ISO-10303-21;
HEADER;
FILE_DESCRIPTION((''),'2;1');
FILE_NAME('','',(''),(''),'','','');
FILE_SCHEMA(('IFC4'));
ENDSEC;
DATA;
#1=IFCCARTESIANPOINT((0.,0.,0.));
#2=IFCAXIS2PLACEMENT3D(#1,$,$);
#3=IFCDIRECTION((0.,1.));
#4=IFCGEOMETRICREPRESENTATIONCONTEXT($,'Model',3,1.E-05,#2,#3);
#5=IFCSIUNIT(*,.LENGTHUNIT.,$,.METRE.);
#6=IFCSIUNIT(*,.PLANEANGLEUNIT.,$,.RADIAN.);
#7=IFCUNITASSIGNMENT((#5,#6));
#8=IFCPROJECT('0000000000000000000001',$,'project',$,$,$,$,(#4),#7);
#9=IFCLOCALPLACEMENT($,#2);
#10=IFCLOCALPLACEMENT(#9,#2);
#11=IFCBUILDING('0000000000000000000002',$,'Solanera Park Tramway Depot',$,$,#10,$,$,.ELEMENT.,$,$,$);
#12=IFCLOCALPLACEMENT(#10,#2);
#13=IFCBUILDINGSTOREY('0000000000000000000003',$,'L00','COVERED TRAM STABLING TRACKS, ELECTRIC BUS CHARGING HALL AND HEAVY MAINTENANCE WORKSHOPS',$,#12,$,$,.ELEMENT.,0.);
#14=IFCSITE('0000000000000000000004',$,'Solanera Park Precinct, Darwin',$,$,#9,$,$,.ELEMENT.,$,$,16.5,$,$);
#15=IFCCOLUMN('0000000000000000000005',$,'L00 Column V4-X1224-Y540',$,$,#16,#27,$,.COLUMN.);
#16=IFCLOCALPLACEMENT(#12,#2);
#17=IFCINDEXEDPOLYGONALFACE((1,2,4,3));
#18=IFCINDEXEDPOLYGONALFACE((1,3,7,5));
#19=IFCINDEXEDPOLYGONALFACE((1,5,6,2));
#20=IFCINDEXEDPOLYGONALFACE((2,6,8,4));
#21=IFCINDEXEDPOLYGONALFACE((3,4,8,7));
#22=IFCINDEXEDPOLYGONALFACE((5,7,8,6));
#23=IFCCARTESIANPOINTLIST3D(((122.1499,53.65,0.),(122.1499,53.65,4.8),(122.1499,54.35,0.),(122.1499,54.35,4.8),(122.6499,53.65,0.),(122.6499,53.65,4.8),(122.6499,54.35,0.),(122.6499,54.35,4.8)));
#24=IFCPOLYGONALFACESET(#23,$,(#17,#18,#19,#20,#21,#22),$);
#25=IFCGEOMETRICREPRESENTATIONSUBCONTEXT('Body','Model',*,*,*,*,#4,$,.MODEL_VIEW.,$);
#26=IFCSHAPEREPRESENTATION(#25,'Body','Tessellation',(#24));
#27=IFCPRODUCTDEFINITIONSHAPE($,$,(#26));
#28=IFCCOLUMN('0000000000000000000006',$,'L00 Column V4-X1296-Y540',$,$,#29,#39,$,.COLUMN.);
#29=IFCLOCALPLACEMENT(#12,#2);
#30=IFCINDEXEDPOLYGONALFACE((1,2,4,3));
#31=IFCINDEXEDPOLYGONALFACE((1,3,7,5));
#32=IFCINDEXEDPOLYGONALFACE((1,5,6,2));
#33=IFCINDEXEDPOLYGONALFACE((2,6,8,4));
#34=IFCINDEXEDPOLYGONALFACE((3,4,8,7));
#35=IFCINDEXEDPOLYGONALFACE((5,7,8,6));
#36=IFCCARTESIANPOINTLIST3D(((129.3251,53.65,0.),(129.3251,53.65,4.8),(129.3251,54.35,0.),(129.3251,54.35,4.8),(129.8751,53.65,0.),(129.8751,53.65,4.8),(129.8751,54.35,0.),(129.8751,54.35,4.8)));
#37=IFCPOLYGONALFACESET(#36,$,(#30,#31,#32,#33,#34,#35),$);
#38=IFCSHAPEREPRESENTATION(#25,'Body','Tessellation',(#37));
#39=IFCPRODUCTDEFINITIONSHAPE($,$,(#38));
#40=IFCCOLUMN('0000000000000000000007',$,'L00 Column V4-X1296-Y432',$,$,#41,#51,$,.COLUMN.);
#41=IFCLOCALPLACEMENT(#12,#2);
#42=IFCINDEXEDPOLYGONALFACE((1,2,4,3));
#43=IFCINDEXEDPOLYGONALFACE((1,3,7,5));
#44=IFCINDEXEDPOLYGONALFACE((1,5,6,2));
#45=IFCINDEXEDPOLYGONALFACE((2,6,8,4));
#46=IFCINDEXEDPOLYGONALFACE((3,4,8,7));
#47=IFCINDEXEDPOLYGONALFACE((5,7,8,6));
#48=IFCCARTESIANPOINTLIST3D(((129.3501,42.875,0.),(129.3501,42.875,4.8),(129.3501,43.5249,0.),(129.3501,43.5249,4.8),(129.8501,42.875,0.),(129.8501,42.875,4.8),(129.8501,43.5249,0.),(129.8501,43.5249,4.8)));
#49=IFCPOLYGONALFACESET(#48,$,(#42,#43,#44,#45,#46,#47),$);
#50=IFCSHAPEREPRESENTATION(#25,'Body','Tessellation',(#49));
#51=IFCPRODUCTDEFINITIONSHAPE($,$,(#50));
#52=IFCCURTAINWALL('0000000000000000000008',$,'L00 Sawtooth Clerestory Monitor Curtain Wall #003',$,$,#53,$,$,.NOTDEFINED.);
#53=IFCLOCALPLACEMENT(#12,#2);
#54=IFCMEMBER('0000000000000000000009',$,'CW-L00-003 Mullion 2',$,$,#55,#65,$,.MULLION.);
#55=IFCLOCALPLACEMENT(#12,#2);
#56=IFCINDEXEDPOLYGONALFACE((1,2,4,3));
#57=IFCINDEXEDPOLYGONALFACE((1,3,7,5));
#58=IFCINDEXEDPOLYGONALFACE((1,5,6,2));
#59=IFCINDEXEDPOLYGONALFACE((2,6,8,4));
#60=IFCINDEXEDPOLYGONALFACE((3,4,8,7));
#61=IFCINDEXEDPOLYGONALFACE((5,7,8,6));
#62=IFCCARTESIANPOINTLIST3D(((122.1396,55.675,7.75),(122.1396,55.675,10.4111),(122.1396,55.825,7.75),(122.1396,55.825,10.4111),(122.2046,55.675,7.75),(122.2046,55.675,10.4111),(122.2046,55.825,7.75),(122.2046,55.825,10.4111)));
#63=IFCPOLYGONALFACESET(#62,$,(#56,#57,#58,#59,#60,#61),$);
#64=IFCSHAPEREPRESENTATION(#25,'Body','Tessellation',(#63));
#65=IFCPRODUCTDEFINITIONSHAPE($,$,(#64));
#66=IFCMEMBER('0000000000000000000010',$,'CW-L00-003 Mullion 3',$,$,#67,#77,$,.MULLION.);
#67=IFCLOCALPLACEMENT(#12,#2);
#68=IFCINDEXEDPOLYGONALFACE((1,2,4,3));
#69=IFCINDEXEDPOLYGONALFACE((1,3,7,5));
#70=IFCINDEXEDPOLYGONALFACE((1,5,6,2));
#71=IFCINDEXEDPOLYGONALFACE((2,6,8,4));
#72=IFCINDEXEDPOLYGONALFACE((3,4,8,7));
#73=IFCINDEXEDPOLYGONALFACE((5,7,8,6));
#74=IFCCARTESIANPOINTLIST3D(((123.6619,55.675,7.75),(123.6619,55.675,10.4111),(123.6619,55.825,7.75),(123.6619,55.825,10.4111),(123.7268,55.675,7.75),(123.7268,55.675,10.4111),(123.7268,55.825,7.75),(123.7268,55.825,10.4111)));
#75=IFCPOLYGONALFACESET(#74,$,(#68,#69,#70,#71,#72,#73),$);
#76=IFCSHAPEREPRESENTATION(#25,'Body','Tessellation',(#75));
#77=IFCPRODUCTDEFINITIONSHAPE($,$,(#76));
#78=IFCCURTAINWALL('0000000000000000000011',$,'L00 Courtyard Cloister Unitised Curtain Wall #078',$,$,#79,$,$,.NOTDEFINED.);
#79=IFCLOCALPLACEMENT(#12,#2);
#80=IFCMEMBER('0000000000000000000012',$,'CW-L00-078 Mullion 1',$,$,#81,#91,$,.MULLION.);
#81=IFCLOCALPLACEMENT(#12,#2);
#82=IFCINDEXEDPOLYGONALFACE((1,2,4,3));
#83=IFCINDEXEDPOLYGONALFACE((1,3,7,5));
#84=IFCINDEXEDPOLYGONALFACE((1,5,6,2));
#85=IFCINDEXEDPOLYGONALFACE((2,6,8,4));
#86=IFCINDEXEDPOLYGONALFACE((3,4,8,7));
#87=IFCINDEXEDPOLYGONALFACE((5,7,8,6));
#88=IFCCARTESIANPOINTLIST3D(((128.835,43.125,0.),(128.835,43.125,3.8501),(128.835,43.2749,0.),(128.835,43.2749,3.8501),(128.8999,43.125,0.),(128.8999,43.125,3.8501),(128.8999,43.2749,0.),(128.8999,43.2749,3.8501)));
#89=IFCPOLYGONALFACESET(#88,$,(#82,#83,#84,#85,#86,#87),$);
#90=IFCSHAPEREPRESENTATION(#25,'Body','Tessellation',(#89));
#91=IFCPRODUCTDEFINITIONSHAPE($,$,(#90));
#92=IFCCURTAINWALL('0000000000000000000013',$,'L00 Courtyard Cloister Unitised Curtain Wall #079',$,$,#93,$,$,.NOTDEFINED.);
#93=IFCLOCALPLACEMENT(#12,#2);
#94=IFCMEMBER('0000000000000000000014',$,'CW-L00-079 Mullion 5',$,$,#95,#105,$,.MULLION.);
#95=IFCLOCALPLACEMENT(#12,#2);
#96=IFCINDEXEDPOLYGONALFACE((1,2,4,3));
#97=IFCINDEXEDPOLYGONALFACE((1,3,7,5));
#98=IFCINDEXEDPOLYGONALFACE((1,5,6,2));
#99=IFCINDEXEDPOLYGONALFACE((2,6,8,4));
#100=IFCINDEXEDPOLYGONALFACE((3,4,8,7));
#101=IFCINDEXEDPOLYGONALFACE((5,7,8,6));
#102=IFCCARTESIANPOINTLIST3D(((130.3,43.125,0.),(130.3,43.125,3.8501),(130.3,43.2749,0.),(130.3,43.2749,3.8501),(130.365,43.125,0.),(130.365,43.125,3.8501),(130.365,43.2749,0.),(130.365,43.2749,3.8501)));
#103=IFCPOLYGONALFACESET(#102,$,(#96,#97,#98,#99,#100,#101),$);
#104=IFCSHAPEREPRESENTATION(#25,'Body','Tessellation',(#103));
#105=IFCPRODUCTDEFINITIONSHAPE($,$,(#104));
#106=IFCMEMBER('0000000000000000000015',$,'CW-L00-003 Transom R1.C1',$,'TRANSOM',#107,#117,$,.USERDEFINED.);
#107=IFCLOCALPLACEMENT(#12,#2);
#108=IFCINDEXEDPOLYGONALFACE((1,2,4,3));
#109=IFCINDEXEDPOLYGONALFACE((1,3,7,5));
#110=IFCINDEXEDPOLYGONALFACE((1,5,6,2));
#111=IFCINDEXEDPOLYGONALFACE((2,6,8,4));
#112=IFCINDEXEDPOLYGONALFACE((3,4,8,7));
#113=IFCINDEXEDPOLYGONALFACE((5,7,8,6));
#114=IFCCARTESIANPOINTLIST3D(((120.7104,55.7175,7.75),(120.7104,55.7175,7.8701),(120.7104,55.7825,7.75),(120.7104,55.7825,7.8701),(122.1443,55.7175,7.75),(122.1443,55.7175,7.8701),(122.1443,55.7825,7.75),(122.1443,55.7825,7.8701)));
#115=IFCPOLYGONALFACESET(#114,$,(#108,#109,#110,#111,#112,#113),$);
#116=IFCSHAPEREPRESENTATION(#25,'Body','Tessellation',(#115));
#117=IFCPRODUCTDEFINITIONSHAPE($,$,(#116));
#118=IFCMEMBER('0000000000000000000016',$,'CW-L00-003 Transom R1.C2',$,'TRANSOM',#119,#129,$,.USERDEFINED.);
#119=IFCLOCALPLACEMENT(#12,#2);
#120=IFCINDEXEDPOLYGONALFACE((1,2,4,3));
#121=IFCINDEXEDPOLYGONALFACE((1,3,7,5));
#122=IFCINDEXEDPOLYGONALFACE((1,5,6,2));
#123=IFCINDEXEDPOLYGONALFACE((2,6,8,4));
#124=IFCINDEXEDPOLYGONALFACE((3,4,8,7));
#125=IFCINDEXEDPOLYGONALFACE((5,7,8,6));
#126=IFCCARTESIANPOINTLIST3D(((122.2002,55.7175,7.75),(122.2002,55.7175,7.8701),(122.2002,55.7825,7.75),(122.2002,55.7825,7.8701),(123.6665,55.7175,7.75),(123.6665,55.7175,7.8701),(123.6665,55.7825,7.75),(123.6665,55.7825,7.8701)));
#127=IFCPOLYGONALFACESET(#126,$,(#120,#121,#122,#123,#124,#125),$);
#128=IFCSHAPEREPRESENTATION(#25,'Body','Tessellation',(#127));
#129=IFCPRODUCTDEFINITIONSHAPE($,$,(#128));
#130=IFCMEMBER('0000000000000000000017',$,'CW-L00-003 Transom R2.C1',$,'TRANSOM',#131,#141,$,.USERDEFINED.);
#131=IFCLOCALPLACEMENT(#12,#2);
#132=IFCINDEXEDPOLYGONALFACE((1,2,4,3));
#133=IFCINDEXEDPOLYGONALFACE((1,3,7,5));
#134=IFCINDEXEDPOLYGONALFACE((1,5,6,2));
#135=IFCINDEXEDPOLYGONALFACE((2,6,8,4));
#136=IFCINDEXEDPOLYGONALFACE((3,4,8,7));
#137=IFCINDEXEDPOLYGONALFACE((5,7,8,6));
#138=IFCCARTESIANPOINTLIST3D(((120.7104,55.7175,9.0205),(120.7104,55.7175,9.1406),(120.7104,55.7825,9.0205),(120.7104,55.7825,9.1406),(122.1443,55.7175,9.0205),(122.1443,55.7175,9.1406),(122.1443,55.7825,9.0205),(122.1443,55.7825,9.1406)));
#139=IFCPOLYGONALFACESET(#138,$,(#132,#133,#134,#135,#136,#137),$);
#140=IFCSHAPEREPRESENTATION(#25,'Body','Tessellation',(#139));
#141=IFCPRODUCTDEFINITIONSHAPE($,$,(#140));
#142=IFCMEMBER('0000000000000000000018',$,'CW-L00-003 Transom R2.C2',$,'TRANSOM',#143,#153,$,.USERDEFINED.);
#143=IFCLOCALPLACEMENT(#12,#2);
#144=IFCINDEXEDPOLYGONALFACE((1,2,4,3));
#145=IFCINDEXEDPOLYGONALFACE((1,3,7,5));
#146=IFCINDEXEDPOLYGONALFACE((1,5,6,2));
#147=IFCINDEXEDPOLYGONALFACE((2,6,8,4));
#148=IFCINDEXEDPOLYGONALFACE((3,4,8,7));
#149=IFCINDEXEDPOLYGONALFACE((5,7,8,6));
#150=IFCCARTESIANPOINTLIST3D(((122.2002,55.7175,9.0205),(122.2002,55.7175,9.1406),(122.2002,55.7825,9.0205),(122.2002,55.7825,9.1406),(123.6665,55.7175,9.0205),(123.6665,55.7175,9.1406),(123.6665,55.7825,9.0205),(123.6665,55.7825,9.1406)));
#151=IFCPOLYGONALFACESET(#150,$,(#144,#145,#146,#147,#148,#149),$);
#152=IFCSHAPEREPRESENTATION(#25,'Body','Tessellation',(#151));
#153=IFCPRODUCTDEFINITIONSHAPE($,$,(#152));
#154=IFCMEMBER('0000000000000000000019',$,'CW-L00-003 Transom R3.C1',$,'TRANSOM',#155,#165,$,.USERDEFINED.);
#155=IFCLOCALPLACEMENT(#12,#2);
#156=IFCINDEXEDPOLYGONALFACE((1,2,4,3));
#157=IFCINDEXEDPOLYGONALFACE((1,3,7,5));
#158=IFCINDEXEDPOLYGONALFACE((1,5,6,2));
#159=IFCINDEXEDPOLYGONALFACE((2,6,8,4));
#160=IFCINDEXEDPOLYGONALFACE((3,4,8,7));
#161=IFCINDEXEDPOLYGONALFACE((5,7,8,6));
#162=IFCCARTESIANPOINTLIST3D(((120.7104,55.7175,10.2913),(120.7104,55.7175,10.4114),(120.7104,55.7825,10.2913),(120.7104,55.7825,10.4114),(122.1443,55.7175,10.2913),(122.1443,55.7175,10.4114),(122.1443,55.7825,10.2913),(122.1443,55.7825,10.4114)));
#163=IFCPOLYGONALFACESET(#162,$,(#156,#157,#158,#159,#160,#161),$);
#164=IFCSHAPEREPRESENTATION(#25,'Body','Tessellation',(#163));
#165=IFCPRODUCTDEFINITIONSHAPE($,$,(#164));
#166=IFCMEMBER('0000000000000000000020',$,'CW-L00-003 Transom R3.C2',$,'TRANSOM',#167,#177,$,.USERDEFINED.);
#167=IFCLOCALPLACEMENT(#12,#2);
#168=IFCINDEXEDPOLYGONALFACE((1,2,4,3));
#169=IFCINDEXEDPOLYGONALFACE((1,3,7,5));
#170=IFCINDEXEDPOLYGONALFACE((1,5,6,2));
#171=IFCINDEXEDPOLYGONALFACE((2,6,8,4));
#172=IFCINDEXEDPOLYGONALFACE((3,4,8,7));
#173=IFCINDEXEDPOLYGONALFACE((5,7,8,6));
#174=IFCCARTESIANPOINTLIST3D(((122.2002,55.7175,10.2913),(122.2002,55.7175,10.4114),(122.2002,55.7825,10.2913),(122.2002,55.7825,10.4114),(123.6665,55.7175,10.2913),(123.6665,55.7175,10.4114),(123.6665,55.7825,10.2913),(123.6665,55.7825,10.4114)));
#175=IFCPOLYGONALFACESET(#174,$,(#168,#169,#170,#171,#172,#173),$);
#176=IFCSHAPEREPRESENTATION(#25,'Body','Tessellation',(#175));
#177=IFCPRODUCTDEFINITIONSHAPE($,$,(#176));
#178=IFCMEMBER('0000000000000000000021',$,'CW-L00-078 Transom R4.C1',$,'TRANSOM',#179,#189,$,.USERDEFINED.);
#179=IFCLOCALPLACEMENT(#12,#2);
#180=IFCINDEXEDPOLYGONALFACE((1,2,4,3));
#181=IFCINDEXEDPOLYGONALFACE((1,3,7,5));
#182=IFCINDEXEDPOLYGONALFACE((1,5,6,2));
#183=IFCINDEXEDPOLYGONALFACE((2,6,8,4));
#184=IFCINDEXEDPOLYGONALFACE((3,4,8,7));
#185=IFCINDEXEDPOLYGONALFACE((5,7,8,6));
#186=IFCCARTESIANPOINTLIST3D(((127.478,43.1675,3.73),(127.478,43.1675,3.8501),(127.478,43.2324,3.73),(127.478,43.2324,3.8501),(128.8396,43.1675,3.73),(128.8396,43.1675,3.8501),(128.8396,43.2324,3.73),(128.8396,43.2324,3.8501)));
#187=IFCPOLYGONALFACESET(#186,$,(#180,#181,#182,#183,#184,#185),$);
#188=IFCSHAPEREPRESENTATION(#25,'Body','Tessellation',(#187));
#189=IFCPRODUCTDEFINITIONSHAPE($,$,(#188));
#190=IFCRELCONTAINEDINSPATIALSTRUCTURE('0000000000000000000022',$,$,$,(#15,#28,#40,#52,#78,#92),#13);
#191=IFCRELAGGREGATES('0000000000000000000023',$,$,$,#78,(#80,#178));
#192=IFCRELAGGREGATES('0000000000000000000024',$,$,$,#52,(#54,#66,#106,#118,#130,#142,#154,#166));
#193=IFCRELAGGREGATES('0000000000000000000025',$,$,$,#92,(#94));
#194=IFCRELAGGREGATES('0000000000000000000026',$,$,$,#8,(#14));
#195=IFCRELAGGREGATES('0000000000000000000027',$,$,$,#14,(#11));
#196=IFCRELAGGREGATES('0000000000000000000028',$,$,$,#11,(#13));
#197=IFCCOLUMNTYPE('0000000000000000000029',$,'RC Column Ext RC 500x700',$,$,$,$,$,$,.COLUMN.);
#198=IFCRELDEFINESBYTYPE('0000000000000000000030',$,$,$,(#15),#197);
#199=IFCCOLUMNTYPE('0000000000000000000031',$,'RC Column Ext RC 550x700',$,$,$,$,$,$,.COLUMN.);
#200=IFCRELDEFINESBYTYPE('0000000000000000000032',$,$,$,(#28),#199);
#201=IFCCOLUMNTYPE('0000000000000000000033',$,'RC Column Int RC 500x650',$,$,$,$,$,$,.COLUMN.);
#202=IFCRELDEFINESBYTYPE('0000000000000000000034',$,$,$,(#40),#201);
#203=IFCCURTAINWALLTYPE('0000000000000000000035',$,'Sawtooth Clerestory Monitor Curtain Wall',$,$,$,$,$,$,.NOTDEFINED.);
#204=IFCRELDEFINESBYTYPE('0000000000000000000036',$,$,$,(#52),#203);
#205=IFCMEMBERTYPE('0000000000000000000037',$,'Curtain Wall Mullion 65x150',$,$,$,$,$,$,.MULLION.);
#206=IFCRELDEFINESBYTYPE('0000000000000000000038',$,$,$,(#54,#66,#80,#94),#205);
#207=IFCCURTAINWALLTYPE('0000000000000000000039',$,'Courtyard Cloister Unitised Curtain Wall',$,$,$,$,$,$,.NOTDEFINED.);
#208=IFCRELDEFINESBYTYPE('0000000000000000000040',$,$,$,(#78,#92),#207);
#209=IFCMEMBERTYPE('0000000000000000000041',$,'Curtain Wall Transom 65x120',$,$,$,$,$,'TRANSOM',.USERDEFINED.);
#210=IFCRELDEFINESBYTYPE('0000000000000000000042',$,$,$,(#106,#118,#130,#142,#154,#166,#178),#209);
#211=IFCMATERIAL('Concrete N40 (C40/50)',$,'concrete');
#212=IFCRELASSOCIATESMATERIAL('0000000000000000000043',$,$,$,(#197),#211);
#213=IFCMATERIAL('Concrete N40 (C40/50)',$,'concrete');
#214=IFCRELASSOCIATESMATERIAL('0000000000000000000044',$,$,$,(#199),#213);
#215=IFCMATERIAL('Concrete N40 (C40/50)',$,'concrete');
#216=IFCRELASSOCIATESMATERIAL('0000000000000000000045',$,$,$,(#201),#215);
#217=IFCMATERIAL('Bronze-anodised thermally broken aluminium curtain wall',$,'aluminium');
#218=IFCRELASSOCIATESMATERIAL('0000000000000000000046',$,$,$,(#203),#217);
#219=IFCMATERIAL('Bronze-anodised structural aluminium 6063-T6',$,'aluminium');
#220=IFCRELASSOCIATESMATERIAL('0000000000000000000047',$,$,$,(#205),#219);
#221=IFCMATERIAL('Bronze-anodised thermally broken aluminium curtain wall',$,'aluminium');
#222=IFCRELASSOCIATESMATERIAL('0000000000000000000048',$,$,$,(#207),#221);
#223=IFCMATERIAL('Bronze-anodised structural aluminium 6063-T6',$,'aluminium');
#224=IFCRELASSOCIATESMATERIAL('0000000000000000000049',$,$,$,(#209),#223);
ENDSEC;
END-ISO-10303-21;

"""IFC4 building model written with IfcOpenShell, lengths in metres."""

from ifc_helpers import new_model, si_unit, direction, frame, origin, origin_2d, place, context, subcontext, project, spatial, rectangle, extrude, material, material_profile, profile_set, type_object, element, aggregate, save


model = new_model("IFC4")

# Units and contexts
model_context = context("Model", 3, precision=1e-05, world=origin(), true_north=direction((0.0, 1.0)))
body_context = subcontext(model_context, "Body", "Model", "MODEL_VIEW")
ifc_project = project(units=[si_unit("LENGTHUNIT", "METRE"), si_unit("PLANEANGLEUNIT", "RADIAN")], contexts=[model_context])

# Site, building, storey
site_placement = place(None, origin())
site = spatial("IfcSite", under=ifc_project, at=site_placement, Name="Solanera Park Precinct, Darwin", CompositionType="ELEMENT", RefElevation=16.5)
building_placement = place(site_placement, origin())
building = spatial("IfcBuilding", under=site, at=building_placement, Name="Solanera Park Tramway Depot", CompositionType="ELEMENT")
storey_placement = place(building_placement, origin())
storey = spatial("IfcBuildingStorey", under=building, at=storey_placement, Name="L00", Description="COVERED TRAM STABLING TRACKS, ELECTRIC BUS CHARGING HALL AND HEAVY MAINTENANCE WORKSHOPS", CompositionType="ELEMENT", Elevation=0.0)

# Columns
ifc_material_1 = material(Name="Concrete N40 (C40/50)", Category="concrete")
ifc_material_profile_1 = material_profile(ifc_material_1, rectangle(XDim=0.5, YDim=0.7, at=origin_2d()), Name="RC 500x700")
ifc_profile_set_1 = profile_set([ifc_material_profile_1], Name="Concrete N40 (C40/50)")
column_type_1 = type_object("IfcColumnType", Name="RC Column Ext RC 500x700", PredefinedType="COLUMN", material=ifc_profile_set_1)
column_1_placement = place(storey_placement, frame((122.3999, 54.0, 0.0), z_axis=(0.0, 0.0, 1.0), x_axis=(1.0, 0.0, 0.0)))
element("IfcColumn", 1, at=column_1_placement, inside=storey, type_object=column_type_1, Name="L00 Column V4-X1224-Y540", PredefinedType="COLUMN", context=body_context, shape_type="SweptSolid", body=[
    extrude(rectangle(XDim=0.5, YDim=0.7, at=origin_2d()), origin(), (0.0, 0.0, 1.0), 4.8),
])
ifc_material_2 = material(Name="Concrete N40 (C40/50)", Category="concrete")
ifc_material_profile_2 = material_profile(ifc_material_2, rectangle(XDim=0.55, YDim=0.7, at=origin_2d()), Name="RC 550x700")
ifc_profile_set_2 = profile_set([ifc_material_profile_2], Name="Concrete N40 (C40/50)")
column_type_2 = type_object("IfcColumnType", Name="RC Column Ext RC 550x700", PredefinedType="COLUMN", material=ifc_profile_set_2)
column_2_placement = place(storey_placement, frame((129.6001, 54.0, 0.0), z_axis=(0.0, 0.0, 1.0), x_axis=(1.0, 0.0, 0.0)))
element("IfcColumn", 2, at=column_2_placement, inside=storey, type_object=column_type_2, Name="L00 Column V4-X1296-Y540", PredefinedType="COLUMN", context=body_context, shape_type="SweptSolid", body=[
    extrude(rectangle(XDim=0.55, YDim=0.7, at=origin_2d()), origin(), (0.0, 0.0, 1.0), 4.8),
])
ifc_material_3 = material(Name="Concrete N40 (C40/50)", Category="concrete")
ifc_material_profile_3 = material_profile(ifc_material_3, rectangle(XDim=0.5, YDim=0.6499, at=origin_2d()), Name="RC 500x650")
ifc_profile_set_3 = profile_set([ifc_material_profile_3], Name="Concrete N40 (C40/50)")
column_type_3 = type_object("IfcColumnType", Name="RC Column Int RC 500x650", PredefinedType="COLUMN", material=ifc_profile_set_3)
column_3_placement = place(storey_placement, frame((129.6001, 43.2, 0.0), z_axis=(0.0, 0.0, 1.0), x_axis=(1.0, 0.0, 0.0)))
element("IfcColumn", 3, at=column_3_placement, inside=storey, type_object=column_type_3, Name="L00 Column V4-X1296-Y432", PredefinedType="COLUMN", context=body_context, shape_type="SweptSolid", body=[
    extrude(rectangle(XDim=0.5, YDim=0.6499, at=origin_2d()), origin(), (0.0, 0.0, 1.0), 4.8),
])

# Curtain wall, members
ifc_material_4 = material(Name="Bronze-anodised thermally broken aluminium curtain wall", Category="aluminium")
curtain_wall_type_1 = type_object("IfcCurtainWallType", Name="Sawtooth Clerestory Monitor Curtain Wall", PredefinedType="NOTDEFINED", material=ifc_material_4)
curtain_wall_1_placement = place(storey_placement, origin())
curtain_wall_1 = element("IfcCurtainWall", 4, at=curtain_wall_1_placement, inside=storey, type_object=curtain_wall_type_1, Name="L00 Sawtooth Clerestory Monitor Curtain Wall #003", PredefinedType="NOTDEFINED")
ifc_material_5 = material(Name="Bronze-anodised structural aluminium 6063-T6", Category="aluminium")
ifc_material_profile_4 = material_profile(ifc_material_5, rectangle(XDim=0.0649, YDim=0.1499, at=origin_2d()), Name="Curtain Wall Mullion 65x150")
ifc_profile_set_4 = profile_set([ifc_material_profile_4], Name="Bronze-anodised structural aluminium 6063-T6")
member_type_1 = type_object("IfcMemberType", Name="Curtain Wall Mullion 65x150", PredefinedType="MULLION", material=ifc_profile_set_4)
member_1_placement = place(storey_placement, frame((122.1721, 55.75, 7.75), z_axis=(0.0, 0.0, 1.0), x_axis=(1.0, 0.0, 0.0)))
member_1 = element("IfcMember", 5, at=member_1_placement, type_object=member_type_1, Name="CW-L00-003 Mullion 2", PredefinedType="MULLION", context=body_context, shape_type="SweptSolid", body=[
    extrude(rectangle(XDim=0.0649, YDim=0.1499, at=origin_2d()), origin(), (0.0, 0.0, 1.0), 2.6611),
])
member_2_placement = place(storey_placement, frame((123.6943, 55.75, 7.75), z_axis=(0.0, 0.0, 1.0), x_axis=(1.0, 0.0, 0.0)))
member_2 = element("IfcMember", 6, at=member_2_placement, type_object=member_type_1, Name="CW-L00-003 Mullion 3", PredefinedType="MULLION", context=body_context, shape_type="SweptSolid", body=[
    extrude(rectangle(XDim=0.0649, YDim=0.1499, at=origin_2d()), origin(), (0.0, 0.0, 1.0), 2.6611),
])

# Curtain walls, members
ifc_material_6 = material(Name="Bronze-anodised thermally broken aluminium curtain wall", Category="aluminium")
curtain_wall_type_2 = type_object("IfcCurtainWallType", Name="Courtyard Cloister Unitised Curtain Wall", PredefinedType="NOTDEFINED", material=ifc_material_6)
curtain_wall_2_placement = place(storey_placement, origin())
curtain_wall_2 = element("IfcCurtainWall", 7, at=curtain_wall_2_placement, inside=storey, type_object=curtain_wall_type_2, Name="L00 Courtyard Cloister Unitised Curtain Wall #078", PredefinedType="NOTDEFINED")
member_3_placement = place(storey_placement, frame((128.8674, 43.2, 0.0), z_axis=(0.0, 0.0, 1.0), x_axis=(1.0, 0.0, 0.0)))
member_3 = element("IfcMember", 8, at=member_3_placement, type_object=member_type_1, Name="CW-L00-078 Mullion 1", PredefinedType="MULLION", context=body_context, shape_type="SweptSolid", body=[
    extrude(rectangle(XDim=0.0649, YDim=0.1499, at=origin_2d()), origin(), (0.0, 0.0, 1.0), 3.8501),
])
curtain_wall_3_placement = place(storey_placement, origin())
curtain_wall_3 = element("IfcCurtainWall", 9, at=curtain_wall_3_placement, inside=storey, type_object=curtain_wall_type_2, Name="L00 Courtyard Cloister Unitised Curtain Wall #079", PredefinedType="NOTDEFINED")
member_4_placement = place(storey_placement, frame((130.3325, 43.2, 0.0), z_axis=(0.0, 0.0, 1.0), x_axis=(1.0, 0.0, 0.0)))
member_4 = element("IfcMember", 10, at=member_4_placement, type_object=member_type_1, Name="CW-L00-079 Mullion 5", PredefinedType="MULLION", context=body_context, shape_type="SweptSolid", body=[
    extrude(rectangle(XDim=0.0649, YDim=0.1499, at=origin_2d()), origin(), (0.0, 0.0, 1.0), 3.8501),
])

# Members
ifc_material_7 = material(Name="Bronze-anodised structural aluminium 6063-T6", Category="aluminium")
ifc_material_profile_5 = material_profile(ifc_material_7, rectangle(XDim=0.0649, YDim=0.1201, at=origin_2d()), Name="Curtain Wall Transom 65x120")
ifc_profile_set_5 = profile_set([ifc_material_profile_5], Name="Bronze-anodised structural aluminium 6063-T6")
member_type_2 = type_object("IfcMemberType", Name="Curtain Wall Transom 65x120", ElementType="TRANSOM", PredefinedType="USERDEFINED", material=ifc_profile_set_5)
member_5_placement = place(storey_placement, frame((120.7104, 55.75, 7.8101), z_axis=(1.0, 0.0, 0.0), x_axis=(0.0, 1.0, 0.0)))
member_5 = element("IfcMember", 11, at=member_5_placement, type_object=member_type_2, Name="CW-L00-003 Transom R1.C1", ObjectType="TRANSOM", PredefinedType="USERDEFINED", context=body_context, shape_type="SweptSolid", body=[
    extrude(rectangle(XDim=0.0649, YDim=0.1201, at=origin_2d()), origin(), (0.0, 0.0, 1.0), 1.4338),
])
member_6_placement = place(storey_placement, frame((122.2002, 55.75, 7.8101), z_axis=(1.0, 0.0, 0.0), x_axis=(0.0, 1.0, 0.0)))
member_6 = element("IfcMember", 12, at=member_6_placement, type_object=member_type_2, Name="CW-L00-003 Transom R1.C2", ObjectType="TRANSOM", PredefinedType="USERDEFINED", context=body_context, shape_type="SweptSolid", body=[
    extrude(rectangle(XDim=0.0649, YDim=0.1201, at=origin_2d()), origin(), (0.0, 0.0, 1.0), 1.4663),
])
member_7_placement = place(storey_placement, frame((120.7104, 55.75, 9.0806), z_axis=(1.0, 0.0, 0.0), x_axis=(0.0, 1.0, 0.0)))
member_7 = element("IfcMember", 13, at=member_7_placement, type_object=member_type_2, Name="CW-L00-003 Transom R2.C1", ObjectType="TRANSOM", PredefinedType="USERDEFINED", context=body_context, shape_type="SweptSolid", body=[
    extrude(rectangle(XDim=0.0649, YDim=0.1201, at=origin_2d()), origin(), (0.0, 0.0, 1.0), 1.4338),
])
member_8_placement = place(storey_placement, frame((122.2002, 55.75, 9.0806), z_axis=(1.0, 0.0, 0.0), x_axis=(0.0, 1.0, 0.0)))
member_8 = element("IfcMember", 14, at=member_8_placement, type_object=member_type_2, Name="CW-L00-003 Transom R2.C2", ObjectType="TRANSOM", PredefinedType="USERDEFINED", context=body_context, shape_type="SweptSolid", body=[
    extrude(rectangle(XDim=0.0649, YDim=0.1201, at=origin_2d()), origin(), (0.0, 0.0, 1.0), 1.4663),
])
member_9_placement = place(storey_placement, frame((120.7104, 55.75, 10.3513), z_axis=(1.0, 0.0, 0.0), x_axis=(0.0, 1.0, 0.0)))
member_9 = element("IfcMember", 15, at=member_9_placement, type_object=member_type_2, Name="CW-L00-003 Transom R3.C1", ObjectType="TRANSOM", PredefinedType="USERDEFINED", context=body_context, shape_type="SweptSolid", body=[
    extrude(rectangle(XDim=0.0649, YDim=0.1201, at=origin_2d()), origin(), (0.0, 0.0, 1.0), 1.4338),
])
member_10_placement = place(storey_placement, frame((122.2002, 55.75, 10.3513), z_axis=(1.0, 0.0, 0.0), x_axis=(0.0, 1.0, 0.0)))
member_10 = element("IfcMember", 16, at=member_10_placement, type_object=member_type_2, Name="CW-L00-003 Transom R3.C2", ObjectType="TRANSOM", PredefinedType="USERDEFINED", context=body_context, shape_type="SweptSolid", body=[
    extrude(rectangle(XDim=0.0649, YDim=0.1201, at=origin_2d()), origin(), (0.0, 0.0, 1.0), 1.4663),
])
member_11_placement = place(storey_placement, frame((128.8396, 43.2, 3.79), z_axis=(-1.0, 0.0, 0.0), x_axis=(0.0, -1.0, 0.0)))
member_11 = element("IfcMember", 17, at=member_11_placement, type_object=member_type_2, Name="CW-L00-078 Transom R4.C1", ObjectType="TRANSOM", PredefinedType="USERDEFINED", context=body_context, shape_type="SweptSolid", body=[
    extrude(rectangle(XDim=0.0649, YDim=0.1201, at=origin_2d()), origin(), (0.0, 0.0, 1.0), 1.3616),
])
aggregate(curtain_wall_2, [member_3, member_11])

aggregate(curtain_wall_1, [member_1, member_2, member_5, member_6, member_7, member_8, member_9, member_10])
aggregate(curtain_wall_3, [member_4])

save(model, "model.ifc")
